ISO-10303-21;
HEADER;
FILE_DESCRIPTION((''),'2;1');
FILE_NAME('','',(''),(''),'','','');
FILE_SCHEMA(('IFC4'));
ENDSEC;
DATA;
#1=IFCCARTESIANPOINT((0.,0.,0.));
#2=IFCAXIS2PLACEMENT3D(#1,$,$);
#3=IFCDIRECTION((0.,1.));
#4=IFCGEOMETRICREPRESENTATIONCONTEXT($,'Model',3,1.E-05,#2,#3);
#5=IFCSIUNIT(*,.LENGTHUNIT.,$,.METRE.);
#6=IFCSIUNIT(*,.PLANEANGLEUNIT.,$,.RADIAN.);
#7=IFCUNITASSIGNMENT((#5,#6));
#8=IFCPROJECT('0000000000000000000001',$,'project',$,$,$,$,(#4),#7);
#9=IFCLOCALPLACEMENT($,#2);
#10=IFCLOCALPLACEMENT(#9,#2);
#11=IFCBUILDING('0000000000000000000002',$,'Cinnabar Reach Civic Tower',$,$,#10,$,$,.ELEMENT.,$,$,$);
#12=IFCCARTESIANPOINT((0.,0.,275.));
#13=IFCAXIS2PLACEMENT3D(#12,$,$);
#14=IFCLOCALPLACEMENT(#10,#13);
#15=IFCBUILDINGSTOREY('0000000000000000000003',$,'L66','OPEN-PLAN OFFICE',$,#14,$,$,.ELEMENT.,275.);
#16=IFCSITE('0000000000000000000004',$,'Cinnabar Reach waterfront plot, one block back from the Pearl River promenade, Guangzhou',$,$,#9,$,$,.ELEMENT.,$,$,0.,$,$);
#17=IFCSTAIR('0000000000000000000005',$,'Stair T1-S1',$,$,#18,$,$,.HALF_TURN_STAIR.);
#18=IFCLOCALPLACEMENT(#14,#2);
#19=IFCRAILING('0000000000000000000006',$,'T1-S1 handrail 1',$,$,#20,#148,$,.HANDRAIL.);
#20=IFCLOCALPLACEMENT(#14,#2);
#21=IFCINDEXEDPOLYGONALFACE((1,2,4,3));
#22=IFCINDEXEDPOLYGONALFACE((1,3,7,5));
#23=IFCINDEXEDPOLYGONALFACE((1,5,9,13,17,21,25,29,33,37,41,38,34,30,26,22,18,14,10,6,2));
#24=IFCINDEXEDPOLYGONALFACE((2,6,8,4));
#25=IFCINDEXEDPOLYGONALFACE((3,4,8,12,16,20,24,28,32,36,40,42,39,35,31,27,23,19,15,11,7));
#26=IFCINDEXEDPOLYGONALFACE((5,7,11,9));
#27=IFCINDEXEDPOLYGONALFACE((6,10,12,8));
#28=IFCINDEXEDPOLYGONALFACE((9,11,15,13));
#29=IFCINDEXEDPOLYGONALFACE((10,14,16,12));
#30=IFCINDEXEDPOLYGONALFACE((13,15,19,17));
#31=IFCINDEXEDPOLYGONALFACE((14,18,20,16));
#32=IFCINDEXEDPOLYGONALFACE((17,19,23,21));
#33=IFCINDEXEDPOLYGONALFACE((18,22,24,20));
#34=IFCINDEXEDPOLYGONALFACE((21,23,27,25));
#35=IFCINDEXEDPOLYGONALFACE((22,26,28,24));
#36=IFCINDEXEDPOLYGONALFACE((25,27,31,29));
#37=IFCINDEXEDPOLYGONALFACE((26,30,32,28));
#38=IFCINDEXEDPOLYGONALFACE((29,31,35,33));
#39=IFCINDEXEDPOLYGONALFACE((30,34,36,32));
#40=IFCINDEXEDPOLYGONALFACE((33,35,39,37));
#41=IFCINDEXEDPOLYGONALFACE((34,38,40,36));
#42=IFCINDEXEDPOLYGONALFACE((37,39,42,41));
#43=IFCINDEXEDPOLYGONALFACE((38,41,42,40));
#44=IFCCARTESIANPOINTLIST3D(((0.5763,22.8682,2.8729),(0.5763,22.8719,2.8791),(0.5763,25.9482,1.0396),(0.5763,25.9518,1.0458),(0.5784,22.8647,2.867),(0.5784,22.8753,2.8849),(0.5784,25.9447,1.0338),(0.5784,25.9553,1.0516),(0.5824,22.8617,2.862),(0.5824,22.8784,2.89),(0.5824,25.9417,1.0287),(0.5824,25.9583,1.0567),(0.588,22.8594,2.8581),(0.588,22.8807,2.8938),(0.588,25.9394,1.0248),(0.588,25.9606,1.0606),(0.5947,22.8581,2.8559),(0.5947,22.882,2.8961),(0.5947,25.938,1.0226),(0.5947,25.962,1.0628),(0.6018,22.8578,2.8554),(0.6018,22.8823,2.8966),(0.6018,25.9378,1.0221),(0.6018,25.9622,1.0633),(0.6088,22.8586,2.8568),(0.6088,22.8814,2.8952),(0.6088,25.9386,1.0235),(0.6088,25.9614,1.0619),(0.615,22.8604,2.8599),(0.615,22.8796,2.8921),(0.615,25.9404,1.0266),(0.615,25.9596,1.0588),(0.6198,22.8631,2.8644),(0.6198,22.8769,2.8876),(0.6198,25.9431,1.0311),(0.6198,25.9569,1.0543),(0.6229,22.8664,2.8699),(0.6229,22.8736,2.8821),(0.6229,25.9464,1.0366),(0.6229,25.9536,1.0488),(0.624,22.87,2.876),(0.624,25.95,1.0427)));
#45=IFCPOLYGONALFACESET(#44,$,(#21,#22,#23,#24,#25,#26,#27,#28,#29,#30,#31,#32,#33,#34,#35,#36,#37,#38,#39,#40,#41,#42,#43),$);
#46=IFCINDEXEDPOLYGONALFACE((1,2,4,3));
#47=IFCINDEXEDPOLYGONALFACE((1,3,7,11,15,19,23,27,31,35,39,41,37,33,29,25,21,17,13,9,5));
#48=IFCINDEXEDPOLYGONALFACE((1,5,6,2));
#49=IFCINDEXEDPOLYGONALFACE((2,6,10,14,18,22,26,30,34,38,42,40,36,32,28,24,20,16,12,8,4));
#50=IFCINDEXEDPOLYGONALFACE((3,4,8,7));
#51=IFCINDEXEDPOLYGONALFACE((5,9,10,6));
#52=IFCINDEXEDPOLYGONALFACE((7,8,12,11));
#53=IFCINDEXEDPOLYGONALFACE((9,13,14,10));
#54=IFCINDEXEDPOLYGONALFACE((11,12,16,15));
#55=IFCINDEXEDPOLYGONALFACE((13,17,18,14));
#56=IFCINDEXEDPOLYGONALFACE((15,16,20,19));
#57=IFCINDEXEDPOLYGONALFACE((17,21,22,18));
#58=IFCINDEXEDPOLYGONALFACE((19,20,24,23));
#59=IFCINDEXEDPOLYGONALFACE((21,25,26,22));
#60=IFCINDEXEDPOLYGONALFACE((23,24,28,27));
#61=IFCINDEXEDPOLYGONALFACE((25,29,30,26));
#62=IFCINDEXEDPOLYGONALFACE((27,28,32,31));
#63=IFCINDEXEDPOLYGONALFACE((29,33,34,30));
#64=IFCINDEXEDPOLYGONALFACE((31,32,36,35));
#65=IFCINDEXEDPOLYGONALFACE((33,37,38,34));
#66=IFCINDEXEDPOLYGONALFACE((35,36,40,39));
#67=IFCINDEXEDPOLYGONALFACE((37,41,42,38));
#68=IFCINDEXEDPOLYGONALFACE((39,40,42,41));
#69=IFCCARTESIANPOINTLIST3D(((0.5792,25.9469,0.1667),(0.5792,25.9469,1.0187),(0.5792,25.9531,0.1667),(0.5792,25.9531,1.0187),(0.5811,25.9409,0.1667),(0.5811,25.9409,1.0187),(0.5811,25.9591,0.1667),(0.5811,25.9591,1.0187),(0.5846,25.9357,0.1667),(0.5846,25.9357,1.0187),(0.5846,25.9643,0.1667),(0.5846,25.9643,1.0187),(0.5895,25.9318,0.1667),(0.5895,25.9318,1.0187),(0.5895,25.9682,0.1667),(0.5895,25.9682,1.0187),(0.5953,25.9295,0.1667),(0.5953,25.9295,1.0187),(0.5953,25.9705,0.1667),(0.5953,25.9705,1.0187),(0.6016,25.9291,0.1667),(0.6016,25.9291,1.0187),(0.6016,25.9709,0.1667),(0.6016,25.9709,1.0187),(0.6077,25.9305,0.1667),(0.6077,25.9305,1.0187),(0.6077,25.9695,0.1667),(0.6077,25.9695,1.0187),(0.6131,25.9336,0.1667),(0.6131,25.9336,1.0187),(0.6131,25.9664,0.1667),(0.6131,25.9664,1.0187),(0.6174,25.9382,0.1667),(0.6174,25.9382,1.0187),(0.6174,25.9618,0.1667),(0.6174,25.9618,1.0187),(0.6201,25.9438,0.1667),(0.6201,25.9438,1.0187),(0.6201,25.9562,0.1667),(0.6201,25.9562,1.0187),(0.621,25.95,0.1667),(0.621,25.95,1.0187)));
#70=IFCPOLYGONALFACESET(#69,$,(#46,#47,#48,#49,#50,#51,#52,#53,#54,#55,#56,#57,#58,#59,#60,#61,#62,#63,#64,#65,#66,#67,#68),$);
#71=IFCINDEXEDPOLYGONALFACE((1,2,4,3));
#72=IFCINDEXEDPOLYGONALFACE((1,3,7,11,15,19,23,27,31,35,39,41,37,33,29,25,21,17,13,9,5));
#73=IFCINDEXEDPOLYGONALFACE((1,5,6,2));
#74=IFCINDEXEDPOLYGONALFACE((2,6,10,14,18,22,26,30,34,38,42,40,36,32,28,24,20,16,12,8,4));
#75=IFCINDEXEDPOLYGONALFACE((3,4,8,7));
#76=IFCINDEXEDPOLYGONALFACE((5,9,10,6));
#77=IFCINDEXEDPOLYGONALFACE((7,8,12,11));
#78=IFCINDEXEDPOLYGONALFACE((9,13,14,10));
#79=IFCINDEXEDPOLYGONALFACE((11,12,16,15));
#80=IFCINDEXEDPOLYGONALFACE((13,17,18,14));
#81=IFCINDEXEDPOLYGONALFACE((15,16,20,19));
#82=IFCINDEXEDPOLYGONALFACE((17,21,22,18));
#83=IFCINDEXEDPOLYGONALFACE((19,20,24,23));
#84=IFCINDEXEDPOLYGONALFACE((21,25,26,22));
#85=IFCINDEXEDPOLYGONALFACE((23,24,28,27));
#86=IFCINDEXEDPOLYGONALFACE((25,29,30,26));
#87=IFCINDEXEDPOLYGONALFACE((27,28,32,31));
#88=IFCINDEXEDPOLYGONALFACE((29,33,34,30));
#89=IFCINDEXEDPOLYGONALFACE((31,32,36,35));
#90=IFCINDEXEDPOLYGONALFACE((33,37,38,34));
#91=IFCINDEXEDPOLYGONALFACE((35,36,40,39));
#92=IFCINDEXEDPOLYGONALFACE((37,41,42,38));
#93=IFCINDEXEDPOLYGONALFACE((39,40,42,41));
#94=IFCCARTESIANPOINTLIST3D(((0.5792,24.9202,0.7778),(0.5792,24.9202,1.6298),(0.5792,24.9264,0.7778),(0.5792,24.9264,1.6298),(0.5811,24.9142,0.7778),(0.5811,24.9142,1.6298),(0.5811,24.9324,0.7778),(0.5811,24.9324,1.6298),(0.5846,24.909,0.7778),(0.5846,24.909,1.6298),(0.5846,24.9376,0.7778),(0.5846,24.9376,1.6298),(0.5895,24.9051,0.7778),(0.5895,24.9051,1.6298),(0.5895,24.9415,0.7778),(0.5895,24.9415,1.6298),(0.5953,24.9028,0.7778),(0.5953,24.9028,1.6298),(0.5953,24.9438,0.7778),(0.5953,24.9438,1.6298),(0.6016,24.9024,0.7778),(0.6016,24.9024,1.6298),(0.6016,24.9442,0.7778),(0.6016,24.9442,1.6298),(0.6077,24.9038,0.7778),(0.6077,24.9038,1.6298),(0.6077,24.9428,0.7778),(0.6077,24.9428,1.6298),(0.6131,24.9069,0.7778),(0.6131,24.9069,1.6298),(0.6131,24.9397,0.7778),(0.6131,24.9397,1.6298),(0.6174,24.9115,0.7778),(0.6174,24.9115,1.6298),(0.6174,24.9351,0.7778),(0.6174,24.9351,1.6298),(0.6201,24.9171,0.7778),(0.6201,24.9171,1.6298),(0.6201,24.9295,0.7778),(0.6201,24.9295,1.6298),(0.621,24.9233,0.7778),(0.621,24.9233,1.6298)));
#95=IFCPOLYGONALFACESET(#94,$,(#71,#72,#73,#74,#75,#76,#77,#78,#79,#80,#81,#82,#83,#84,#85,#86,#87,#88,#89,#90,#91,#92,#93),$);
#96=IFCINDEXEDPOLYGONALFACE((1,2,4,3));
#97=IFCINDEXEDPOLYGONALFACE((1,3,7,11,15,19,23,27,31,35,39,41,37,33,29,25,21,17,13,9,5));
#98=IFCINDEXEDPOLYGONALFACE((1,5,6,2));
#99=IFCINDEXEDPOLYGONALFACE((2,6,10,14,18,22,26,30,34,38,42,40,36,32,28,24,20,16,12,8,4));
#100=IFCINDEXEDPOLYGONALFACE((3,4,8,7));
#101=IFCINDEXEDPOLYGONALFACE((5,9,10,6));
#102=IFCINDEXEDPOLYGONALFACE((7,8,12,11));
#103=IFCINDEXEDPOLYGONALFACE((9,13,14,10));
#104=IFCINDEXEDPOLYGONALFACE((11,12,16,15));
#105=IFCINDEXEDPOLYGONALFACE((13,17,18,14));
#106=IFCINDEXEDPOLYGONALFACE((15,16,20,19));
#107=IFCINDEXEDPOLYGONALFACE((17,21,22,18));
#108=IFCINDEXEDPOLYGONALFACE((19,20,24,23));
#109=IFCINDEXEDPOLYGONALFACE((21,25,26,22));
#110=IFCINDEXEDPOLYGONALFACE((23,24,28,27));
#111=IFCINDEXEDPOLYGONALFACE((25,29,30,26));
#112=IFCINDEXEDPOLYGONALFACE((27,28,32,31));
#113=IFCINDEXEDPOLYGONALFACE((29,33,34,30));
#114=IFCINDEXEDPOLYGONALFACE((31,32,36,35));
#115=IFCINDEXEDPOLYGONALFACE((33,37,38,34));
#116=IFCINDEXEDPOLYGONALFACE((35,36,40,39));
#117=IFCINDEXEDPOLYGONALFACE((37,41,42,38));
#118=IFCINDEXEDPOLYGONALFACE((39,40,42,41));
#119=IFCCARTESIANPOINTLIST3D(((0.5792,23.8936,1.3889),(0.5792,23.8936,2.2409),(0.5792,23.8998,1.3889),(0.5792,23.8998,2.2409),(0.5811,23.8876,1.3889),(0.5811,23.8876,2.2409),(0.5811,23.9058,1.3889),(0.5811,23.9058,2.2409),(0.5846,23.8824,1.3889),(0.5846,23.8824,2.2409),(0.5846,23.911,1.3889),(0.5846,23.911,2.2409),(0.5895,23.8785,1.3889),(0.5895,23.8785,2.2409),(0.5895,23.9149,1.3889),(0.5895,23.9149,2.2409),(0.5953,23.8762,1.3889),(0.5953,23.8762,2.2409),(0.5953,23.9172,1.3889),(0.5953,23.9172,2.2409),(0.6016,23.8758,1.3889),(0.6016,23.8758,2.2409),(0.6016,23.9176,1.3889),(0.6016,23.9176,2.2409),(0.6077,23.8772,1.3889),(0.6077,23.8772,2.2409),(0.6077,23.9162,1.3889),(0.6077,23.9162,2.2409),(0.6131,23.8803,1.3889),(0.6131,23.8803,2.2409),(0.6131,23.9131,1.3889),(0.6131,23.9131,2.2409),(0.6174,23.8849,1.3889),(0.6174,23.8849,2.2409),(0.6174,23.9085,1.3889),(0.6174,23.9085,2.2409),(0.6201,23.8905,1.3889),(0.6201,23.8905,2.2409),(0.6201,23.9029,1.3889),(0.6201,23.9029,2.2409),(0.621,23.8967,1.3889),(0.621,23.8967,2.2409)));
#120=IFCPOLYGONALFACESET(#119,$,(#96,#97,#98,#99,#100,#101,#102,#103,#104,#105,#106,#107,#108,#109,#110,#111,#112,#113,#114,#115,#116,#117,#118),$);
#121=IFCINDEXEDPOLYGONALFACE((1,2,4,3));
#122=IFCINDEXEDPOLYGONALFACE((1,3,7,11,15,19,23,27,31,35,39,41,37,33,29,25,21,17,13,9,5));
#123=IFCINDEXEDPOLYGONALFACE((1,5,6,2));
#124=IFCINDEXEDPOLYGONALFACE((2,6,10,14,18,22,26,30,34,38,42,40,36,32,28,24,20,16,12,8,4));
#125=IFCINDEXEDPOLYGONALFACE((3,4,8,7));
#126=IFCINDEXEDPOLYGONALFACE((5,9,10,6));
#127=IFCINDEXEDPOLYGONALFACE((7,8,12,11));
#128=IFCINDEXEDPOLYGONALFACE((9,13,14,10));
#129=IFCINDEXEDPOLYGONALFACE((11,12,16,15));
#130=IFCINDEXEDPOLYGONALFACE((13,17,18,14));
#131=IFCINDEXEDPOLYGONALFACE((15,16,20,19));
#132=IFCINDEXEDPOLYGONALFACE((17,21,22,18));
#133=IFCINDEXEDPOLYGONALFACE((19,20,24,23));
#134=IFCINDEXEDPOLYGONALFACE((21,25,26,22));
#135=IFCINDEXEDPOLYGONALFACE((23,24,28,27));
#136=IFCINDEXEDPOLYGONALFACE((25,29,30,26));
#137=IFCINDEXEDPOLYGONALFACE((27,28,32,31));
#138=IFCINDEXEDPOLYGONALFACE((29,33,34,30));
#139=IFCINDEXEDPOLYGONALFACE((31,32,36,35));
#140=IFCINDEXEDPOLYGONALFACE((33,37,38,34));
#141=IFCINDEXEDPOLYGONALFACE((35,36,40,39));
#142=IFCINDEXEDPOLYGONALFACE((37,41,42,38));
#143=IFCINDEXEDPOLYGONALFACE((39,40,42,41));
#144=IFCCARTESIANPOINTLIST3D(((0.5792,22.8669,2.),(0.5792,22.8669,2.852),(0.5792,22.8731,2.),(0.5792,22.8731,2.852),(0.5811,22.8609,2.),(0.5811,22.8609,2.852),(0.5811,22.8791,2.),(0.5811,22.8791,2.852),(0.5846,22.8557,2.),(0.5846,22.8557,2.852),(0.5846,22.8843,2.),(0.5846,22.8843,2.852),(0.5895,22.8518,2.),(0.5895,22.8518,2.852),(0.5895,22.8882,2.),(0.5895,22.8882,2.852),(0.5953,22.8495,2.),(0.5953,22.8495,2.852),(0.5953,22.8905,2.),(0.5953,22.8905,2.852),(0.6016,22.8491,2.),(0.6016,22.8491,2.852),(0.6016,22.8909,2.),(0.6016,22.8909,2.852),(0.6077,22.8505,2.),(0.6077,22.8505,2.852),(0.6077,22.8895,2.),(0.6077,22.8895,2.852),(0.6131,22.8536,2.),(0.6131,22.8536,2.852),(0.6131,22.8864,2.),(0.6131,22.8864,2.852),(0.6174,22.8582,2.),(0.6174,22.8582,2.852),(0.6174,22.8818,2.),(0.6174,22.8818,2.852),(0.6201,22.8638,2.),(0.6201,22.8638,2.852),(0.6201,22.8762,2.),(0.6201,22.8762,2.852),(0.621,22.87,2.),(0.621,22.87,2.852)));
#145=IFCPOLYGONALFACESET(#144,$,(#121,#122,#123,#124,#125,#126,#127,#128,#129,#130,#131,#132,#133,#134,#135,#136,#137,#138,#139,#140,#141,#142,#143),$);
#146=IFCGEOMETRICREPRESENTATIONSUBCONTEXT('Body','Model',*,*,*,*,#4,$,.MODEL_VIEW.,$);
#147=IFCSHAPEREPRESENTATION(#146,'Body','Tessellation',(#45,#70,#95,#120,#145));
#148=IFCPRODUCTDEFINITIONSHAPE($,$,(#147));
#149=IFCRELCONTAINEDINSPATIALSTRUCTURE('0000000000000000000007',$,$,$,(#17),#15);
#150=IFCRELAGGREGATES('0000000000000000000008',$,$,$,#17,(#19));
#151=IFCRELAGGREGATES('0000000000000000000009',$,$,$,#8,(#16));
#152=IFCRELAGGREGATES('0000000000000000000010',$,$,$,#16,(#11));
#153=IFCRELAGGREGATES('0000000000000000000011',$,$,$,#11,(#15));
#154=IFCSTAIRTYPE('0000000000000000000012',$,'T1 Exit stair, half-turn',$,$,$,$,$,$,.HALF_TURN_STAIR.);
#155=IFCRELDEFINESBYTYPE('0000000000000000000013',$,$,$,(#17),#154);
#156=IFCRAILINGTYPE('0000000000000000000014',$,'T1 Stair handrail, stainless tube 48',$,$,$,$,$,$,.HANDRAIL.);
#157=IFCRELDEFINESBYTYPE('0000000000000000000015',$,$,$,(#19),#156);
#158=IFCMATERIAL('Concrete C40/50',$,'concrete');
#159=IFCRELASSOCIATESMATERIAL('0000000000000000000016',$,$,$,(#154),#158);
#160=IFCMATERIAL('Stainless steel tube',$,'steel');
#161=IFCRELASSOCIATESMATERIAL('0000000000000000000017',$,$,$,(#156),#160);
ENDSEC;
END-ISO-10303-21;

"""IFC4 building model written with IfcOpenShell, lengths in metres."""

from ifc_helpers import new_model, si_unit, direction, frame, origin, origin_2d, place, context, subcontext, project, spatial, circle, extrude, material, type_object, element, aggregate, save


model = new_model("IFC4")

# Units and contexts
model_context = context("Model", 3, precision=1e-05, world=origin(), true_north=direction((0.0, 1.0)))
body_context = subcontext(model_context, "Body", "Model", "MODEL_VIEW")
ifc_project = project(units=[si_unit("LENGTHUNIT", "METRE"), si_unit("PLANEANGLEUNIT", "RADIAN")], contexts=[model_context])

# Site, building, storey
site_placement = place(None, origin())
site = spatial("IfcSite", under=ifc_project, at=site_placement, Name="Cinnabar Reach waterfront plot, one block back from the Pearl River promenade, Guangzhou", CompositionType="ELEMENT", RefElevation=0.0)
building_placement = place(site_placement, origin())
building = spatial("IfcBuilding", under=site, at=building_placement, Name="Cinnabar Reach Civic Tower", CompositionType="ELEMENT")
storey_placement = place(building_placement, frame((0.0, 0.0, 275.0)))
storey = spatial("IfcBuildingStorey", under=building, at=storey_placement, Name="L66", Description="OPEN-PLAN OFFICE", CompositionType="ELEMENT", Elevation=275.0)

# Shared definitions
ifc_material_1 = material(Name="Concrete C40/50", Category="concrete")

# Stair, railing
stair_type = type_object("IfcStairType", Name="T1 Exit stair, half-turn", PredefinedType="HALF_TURN_STAIR", material=ifc_material_1)
stair_placement = place(storey_placement, origin())
stair = element("IfcStair", 1, at=stair_placement, inside=storey, type_object=stair_type, Name="Stair T1-S1", PredefinedType="HALF_TURN_STAIR")
ifc_material_2 = material(Name="Stainless steel tube", Category="steel")
railing_type = type_object("IfcRailingType", Name="T1 Stair handrail, stainless tube 48", PredefinedType="HANDRAIL", material=ifc_material_2)
railing_1_placement = place(storey_placement, frame((0.6, 25.95, 0.1667)))
railing_1 = element("IfcRailing", 2, at=railing_1_placement, type_object=railing_type, Name="T1-S1 handrail 1", PredefinedType="HANDRAIL", context=body_context, shape_type="SweptSolid", body=[
    extrude(circle(Radius=0.024, at=origin_2d()), frame((0.0, 0.0, 0.876), z_axis=(0.0, -0.859297, 0.511477), x_axis=(1.0, 0.0, 0.0)), (0.0, 0.0, 1.0), 3.5843),
    extrude(circle(Radius=0.021, at=origin_2d()), origin(), (0.0, 0.0, 1.0), 0.852),
    extrude(circle(Radius=0.021, at=origin_2d()), frame((0.0, -1.0267, 0.6111)), (0.0, 0.0, 1.0), 0.852),
    extrude(circle(Radius=0.021, at=origin_2d()), frame((0.0, -2.0533, 1.2222)), (0.0, 0.0, 1.0), 0.852),
    extrude(circle(Radius=0.021, at=origin_2d()), frame((0.0, -3.08, 1.8333)), (0.0, 0.0, 1.0), 0.852),
])
aggregate(stair, [railing_1])

save(model, "model.ifc")
